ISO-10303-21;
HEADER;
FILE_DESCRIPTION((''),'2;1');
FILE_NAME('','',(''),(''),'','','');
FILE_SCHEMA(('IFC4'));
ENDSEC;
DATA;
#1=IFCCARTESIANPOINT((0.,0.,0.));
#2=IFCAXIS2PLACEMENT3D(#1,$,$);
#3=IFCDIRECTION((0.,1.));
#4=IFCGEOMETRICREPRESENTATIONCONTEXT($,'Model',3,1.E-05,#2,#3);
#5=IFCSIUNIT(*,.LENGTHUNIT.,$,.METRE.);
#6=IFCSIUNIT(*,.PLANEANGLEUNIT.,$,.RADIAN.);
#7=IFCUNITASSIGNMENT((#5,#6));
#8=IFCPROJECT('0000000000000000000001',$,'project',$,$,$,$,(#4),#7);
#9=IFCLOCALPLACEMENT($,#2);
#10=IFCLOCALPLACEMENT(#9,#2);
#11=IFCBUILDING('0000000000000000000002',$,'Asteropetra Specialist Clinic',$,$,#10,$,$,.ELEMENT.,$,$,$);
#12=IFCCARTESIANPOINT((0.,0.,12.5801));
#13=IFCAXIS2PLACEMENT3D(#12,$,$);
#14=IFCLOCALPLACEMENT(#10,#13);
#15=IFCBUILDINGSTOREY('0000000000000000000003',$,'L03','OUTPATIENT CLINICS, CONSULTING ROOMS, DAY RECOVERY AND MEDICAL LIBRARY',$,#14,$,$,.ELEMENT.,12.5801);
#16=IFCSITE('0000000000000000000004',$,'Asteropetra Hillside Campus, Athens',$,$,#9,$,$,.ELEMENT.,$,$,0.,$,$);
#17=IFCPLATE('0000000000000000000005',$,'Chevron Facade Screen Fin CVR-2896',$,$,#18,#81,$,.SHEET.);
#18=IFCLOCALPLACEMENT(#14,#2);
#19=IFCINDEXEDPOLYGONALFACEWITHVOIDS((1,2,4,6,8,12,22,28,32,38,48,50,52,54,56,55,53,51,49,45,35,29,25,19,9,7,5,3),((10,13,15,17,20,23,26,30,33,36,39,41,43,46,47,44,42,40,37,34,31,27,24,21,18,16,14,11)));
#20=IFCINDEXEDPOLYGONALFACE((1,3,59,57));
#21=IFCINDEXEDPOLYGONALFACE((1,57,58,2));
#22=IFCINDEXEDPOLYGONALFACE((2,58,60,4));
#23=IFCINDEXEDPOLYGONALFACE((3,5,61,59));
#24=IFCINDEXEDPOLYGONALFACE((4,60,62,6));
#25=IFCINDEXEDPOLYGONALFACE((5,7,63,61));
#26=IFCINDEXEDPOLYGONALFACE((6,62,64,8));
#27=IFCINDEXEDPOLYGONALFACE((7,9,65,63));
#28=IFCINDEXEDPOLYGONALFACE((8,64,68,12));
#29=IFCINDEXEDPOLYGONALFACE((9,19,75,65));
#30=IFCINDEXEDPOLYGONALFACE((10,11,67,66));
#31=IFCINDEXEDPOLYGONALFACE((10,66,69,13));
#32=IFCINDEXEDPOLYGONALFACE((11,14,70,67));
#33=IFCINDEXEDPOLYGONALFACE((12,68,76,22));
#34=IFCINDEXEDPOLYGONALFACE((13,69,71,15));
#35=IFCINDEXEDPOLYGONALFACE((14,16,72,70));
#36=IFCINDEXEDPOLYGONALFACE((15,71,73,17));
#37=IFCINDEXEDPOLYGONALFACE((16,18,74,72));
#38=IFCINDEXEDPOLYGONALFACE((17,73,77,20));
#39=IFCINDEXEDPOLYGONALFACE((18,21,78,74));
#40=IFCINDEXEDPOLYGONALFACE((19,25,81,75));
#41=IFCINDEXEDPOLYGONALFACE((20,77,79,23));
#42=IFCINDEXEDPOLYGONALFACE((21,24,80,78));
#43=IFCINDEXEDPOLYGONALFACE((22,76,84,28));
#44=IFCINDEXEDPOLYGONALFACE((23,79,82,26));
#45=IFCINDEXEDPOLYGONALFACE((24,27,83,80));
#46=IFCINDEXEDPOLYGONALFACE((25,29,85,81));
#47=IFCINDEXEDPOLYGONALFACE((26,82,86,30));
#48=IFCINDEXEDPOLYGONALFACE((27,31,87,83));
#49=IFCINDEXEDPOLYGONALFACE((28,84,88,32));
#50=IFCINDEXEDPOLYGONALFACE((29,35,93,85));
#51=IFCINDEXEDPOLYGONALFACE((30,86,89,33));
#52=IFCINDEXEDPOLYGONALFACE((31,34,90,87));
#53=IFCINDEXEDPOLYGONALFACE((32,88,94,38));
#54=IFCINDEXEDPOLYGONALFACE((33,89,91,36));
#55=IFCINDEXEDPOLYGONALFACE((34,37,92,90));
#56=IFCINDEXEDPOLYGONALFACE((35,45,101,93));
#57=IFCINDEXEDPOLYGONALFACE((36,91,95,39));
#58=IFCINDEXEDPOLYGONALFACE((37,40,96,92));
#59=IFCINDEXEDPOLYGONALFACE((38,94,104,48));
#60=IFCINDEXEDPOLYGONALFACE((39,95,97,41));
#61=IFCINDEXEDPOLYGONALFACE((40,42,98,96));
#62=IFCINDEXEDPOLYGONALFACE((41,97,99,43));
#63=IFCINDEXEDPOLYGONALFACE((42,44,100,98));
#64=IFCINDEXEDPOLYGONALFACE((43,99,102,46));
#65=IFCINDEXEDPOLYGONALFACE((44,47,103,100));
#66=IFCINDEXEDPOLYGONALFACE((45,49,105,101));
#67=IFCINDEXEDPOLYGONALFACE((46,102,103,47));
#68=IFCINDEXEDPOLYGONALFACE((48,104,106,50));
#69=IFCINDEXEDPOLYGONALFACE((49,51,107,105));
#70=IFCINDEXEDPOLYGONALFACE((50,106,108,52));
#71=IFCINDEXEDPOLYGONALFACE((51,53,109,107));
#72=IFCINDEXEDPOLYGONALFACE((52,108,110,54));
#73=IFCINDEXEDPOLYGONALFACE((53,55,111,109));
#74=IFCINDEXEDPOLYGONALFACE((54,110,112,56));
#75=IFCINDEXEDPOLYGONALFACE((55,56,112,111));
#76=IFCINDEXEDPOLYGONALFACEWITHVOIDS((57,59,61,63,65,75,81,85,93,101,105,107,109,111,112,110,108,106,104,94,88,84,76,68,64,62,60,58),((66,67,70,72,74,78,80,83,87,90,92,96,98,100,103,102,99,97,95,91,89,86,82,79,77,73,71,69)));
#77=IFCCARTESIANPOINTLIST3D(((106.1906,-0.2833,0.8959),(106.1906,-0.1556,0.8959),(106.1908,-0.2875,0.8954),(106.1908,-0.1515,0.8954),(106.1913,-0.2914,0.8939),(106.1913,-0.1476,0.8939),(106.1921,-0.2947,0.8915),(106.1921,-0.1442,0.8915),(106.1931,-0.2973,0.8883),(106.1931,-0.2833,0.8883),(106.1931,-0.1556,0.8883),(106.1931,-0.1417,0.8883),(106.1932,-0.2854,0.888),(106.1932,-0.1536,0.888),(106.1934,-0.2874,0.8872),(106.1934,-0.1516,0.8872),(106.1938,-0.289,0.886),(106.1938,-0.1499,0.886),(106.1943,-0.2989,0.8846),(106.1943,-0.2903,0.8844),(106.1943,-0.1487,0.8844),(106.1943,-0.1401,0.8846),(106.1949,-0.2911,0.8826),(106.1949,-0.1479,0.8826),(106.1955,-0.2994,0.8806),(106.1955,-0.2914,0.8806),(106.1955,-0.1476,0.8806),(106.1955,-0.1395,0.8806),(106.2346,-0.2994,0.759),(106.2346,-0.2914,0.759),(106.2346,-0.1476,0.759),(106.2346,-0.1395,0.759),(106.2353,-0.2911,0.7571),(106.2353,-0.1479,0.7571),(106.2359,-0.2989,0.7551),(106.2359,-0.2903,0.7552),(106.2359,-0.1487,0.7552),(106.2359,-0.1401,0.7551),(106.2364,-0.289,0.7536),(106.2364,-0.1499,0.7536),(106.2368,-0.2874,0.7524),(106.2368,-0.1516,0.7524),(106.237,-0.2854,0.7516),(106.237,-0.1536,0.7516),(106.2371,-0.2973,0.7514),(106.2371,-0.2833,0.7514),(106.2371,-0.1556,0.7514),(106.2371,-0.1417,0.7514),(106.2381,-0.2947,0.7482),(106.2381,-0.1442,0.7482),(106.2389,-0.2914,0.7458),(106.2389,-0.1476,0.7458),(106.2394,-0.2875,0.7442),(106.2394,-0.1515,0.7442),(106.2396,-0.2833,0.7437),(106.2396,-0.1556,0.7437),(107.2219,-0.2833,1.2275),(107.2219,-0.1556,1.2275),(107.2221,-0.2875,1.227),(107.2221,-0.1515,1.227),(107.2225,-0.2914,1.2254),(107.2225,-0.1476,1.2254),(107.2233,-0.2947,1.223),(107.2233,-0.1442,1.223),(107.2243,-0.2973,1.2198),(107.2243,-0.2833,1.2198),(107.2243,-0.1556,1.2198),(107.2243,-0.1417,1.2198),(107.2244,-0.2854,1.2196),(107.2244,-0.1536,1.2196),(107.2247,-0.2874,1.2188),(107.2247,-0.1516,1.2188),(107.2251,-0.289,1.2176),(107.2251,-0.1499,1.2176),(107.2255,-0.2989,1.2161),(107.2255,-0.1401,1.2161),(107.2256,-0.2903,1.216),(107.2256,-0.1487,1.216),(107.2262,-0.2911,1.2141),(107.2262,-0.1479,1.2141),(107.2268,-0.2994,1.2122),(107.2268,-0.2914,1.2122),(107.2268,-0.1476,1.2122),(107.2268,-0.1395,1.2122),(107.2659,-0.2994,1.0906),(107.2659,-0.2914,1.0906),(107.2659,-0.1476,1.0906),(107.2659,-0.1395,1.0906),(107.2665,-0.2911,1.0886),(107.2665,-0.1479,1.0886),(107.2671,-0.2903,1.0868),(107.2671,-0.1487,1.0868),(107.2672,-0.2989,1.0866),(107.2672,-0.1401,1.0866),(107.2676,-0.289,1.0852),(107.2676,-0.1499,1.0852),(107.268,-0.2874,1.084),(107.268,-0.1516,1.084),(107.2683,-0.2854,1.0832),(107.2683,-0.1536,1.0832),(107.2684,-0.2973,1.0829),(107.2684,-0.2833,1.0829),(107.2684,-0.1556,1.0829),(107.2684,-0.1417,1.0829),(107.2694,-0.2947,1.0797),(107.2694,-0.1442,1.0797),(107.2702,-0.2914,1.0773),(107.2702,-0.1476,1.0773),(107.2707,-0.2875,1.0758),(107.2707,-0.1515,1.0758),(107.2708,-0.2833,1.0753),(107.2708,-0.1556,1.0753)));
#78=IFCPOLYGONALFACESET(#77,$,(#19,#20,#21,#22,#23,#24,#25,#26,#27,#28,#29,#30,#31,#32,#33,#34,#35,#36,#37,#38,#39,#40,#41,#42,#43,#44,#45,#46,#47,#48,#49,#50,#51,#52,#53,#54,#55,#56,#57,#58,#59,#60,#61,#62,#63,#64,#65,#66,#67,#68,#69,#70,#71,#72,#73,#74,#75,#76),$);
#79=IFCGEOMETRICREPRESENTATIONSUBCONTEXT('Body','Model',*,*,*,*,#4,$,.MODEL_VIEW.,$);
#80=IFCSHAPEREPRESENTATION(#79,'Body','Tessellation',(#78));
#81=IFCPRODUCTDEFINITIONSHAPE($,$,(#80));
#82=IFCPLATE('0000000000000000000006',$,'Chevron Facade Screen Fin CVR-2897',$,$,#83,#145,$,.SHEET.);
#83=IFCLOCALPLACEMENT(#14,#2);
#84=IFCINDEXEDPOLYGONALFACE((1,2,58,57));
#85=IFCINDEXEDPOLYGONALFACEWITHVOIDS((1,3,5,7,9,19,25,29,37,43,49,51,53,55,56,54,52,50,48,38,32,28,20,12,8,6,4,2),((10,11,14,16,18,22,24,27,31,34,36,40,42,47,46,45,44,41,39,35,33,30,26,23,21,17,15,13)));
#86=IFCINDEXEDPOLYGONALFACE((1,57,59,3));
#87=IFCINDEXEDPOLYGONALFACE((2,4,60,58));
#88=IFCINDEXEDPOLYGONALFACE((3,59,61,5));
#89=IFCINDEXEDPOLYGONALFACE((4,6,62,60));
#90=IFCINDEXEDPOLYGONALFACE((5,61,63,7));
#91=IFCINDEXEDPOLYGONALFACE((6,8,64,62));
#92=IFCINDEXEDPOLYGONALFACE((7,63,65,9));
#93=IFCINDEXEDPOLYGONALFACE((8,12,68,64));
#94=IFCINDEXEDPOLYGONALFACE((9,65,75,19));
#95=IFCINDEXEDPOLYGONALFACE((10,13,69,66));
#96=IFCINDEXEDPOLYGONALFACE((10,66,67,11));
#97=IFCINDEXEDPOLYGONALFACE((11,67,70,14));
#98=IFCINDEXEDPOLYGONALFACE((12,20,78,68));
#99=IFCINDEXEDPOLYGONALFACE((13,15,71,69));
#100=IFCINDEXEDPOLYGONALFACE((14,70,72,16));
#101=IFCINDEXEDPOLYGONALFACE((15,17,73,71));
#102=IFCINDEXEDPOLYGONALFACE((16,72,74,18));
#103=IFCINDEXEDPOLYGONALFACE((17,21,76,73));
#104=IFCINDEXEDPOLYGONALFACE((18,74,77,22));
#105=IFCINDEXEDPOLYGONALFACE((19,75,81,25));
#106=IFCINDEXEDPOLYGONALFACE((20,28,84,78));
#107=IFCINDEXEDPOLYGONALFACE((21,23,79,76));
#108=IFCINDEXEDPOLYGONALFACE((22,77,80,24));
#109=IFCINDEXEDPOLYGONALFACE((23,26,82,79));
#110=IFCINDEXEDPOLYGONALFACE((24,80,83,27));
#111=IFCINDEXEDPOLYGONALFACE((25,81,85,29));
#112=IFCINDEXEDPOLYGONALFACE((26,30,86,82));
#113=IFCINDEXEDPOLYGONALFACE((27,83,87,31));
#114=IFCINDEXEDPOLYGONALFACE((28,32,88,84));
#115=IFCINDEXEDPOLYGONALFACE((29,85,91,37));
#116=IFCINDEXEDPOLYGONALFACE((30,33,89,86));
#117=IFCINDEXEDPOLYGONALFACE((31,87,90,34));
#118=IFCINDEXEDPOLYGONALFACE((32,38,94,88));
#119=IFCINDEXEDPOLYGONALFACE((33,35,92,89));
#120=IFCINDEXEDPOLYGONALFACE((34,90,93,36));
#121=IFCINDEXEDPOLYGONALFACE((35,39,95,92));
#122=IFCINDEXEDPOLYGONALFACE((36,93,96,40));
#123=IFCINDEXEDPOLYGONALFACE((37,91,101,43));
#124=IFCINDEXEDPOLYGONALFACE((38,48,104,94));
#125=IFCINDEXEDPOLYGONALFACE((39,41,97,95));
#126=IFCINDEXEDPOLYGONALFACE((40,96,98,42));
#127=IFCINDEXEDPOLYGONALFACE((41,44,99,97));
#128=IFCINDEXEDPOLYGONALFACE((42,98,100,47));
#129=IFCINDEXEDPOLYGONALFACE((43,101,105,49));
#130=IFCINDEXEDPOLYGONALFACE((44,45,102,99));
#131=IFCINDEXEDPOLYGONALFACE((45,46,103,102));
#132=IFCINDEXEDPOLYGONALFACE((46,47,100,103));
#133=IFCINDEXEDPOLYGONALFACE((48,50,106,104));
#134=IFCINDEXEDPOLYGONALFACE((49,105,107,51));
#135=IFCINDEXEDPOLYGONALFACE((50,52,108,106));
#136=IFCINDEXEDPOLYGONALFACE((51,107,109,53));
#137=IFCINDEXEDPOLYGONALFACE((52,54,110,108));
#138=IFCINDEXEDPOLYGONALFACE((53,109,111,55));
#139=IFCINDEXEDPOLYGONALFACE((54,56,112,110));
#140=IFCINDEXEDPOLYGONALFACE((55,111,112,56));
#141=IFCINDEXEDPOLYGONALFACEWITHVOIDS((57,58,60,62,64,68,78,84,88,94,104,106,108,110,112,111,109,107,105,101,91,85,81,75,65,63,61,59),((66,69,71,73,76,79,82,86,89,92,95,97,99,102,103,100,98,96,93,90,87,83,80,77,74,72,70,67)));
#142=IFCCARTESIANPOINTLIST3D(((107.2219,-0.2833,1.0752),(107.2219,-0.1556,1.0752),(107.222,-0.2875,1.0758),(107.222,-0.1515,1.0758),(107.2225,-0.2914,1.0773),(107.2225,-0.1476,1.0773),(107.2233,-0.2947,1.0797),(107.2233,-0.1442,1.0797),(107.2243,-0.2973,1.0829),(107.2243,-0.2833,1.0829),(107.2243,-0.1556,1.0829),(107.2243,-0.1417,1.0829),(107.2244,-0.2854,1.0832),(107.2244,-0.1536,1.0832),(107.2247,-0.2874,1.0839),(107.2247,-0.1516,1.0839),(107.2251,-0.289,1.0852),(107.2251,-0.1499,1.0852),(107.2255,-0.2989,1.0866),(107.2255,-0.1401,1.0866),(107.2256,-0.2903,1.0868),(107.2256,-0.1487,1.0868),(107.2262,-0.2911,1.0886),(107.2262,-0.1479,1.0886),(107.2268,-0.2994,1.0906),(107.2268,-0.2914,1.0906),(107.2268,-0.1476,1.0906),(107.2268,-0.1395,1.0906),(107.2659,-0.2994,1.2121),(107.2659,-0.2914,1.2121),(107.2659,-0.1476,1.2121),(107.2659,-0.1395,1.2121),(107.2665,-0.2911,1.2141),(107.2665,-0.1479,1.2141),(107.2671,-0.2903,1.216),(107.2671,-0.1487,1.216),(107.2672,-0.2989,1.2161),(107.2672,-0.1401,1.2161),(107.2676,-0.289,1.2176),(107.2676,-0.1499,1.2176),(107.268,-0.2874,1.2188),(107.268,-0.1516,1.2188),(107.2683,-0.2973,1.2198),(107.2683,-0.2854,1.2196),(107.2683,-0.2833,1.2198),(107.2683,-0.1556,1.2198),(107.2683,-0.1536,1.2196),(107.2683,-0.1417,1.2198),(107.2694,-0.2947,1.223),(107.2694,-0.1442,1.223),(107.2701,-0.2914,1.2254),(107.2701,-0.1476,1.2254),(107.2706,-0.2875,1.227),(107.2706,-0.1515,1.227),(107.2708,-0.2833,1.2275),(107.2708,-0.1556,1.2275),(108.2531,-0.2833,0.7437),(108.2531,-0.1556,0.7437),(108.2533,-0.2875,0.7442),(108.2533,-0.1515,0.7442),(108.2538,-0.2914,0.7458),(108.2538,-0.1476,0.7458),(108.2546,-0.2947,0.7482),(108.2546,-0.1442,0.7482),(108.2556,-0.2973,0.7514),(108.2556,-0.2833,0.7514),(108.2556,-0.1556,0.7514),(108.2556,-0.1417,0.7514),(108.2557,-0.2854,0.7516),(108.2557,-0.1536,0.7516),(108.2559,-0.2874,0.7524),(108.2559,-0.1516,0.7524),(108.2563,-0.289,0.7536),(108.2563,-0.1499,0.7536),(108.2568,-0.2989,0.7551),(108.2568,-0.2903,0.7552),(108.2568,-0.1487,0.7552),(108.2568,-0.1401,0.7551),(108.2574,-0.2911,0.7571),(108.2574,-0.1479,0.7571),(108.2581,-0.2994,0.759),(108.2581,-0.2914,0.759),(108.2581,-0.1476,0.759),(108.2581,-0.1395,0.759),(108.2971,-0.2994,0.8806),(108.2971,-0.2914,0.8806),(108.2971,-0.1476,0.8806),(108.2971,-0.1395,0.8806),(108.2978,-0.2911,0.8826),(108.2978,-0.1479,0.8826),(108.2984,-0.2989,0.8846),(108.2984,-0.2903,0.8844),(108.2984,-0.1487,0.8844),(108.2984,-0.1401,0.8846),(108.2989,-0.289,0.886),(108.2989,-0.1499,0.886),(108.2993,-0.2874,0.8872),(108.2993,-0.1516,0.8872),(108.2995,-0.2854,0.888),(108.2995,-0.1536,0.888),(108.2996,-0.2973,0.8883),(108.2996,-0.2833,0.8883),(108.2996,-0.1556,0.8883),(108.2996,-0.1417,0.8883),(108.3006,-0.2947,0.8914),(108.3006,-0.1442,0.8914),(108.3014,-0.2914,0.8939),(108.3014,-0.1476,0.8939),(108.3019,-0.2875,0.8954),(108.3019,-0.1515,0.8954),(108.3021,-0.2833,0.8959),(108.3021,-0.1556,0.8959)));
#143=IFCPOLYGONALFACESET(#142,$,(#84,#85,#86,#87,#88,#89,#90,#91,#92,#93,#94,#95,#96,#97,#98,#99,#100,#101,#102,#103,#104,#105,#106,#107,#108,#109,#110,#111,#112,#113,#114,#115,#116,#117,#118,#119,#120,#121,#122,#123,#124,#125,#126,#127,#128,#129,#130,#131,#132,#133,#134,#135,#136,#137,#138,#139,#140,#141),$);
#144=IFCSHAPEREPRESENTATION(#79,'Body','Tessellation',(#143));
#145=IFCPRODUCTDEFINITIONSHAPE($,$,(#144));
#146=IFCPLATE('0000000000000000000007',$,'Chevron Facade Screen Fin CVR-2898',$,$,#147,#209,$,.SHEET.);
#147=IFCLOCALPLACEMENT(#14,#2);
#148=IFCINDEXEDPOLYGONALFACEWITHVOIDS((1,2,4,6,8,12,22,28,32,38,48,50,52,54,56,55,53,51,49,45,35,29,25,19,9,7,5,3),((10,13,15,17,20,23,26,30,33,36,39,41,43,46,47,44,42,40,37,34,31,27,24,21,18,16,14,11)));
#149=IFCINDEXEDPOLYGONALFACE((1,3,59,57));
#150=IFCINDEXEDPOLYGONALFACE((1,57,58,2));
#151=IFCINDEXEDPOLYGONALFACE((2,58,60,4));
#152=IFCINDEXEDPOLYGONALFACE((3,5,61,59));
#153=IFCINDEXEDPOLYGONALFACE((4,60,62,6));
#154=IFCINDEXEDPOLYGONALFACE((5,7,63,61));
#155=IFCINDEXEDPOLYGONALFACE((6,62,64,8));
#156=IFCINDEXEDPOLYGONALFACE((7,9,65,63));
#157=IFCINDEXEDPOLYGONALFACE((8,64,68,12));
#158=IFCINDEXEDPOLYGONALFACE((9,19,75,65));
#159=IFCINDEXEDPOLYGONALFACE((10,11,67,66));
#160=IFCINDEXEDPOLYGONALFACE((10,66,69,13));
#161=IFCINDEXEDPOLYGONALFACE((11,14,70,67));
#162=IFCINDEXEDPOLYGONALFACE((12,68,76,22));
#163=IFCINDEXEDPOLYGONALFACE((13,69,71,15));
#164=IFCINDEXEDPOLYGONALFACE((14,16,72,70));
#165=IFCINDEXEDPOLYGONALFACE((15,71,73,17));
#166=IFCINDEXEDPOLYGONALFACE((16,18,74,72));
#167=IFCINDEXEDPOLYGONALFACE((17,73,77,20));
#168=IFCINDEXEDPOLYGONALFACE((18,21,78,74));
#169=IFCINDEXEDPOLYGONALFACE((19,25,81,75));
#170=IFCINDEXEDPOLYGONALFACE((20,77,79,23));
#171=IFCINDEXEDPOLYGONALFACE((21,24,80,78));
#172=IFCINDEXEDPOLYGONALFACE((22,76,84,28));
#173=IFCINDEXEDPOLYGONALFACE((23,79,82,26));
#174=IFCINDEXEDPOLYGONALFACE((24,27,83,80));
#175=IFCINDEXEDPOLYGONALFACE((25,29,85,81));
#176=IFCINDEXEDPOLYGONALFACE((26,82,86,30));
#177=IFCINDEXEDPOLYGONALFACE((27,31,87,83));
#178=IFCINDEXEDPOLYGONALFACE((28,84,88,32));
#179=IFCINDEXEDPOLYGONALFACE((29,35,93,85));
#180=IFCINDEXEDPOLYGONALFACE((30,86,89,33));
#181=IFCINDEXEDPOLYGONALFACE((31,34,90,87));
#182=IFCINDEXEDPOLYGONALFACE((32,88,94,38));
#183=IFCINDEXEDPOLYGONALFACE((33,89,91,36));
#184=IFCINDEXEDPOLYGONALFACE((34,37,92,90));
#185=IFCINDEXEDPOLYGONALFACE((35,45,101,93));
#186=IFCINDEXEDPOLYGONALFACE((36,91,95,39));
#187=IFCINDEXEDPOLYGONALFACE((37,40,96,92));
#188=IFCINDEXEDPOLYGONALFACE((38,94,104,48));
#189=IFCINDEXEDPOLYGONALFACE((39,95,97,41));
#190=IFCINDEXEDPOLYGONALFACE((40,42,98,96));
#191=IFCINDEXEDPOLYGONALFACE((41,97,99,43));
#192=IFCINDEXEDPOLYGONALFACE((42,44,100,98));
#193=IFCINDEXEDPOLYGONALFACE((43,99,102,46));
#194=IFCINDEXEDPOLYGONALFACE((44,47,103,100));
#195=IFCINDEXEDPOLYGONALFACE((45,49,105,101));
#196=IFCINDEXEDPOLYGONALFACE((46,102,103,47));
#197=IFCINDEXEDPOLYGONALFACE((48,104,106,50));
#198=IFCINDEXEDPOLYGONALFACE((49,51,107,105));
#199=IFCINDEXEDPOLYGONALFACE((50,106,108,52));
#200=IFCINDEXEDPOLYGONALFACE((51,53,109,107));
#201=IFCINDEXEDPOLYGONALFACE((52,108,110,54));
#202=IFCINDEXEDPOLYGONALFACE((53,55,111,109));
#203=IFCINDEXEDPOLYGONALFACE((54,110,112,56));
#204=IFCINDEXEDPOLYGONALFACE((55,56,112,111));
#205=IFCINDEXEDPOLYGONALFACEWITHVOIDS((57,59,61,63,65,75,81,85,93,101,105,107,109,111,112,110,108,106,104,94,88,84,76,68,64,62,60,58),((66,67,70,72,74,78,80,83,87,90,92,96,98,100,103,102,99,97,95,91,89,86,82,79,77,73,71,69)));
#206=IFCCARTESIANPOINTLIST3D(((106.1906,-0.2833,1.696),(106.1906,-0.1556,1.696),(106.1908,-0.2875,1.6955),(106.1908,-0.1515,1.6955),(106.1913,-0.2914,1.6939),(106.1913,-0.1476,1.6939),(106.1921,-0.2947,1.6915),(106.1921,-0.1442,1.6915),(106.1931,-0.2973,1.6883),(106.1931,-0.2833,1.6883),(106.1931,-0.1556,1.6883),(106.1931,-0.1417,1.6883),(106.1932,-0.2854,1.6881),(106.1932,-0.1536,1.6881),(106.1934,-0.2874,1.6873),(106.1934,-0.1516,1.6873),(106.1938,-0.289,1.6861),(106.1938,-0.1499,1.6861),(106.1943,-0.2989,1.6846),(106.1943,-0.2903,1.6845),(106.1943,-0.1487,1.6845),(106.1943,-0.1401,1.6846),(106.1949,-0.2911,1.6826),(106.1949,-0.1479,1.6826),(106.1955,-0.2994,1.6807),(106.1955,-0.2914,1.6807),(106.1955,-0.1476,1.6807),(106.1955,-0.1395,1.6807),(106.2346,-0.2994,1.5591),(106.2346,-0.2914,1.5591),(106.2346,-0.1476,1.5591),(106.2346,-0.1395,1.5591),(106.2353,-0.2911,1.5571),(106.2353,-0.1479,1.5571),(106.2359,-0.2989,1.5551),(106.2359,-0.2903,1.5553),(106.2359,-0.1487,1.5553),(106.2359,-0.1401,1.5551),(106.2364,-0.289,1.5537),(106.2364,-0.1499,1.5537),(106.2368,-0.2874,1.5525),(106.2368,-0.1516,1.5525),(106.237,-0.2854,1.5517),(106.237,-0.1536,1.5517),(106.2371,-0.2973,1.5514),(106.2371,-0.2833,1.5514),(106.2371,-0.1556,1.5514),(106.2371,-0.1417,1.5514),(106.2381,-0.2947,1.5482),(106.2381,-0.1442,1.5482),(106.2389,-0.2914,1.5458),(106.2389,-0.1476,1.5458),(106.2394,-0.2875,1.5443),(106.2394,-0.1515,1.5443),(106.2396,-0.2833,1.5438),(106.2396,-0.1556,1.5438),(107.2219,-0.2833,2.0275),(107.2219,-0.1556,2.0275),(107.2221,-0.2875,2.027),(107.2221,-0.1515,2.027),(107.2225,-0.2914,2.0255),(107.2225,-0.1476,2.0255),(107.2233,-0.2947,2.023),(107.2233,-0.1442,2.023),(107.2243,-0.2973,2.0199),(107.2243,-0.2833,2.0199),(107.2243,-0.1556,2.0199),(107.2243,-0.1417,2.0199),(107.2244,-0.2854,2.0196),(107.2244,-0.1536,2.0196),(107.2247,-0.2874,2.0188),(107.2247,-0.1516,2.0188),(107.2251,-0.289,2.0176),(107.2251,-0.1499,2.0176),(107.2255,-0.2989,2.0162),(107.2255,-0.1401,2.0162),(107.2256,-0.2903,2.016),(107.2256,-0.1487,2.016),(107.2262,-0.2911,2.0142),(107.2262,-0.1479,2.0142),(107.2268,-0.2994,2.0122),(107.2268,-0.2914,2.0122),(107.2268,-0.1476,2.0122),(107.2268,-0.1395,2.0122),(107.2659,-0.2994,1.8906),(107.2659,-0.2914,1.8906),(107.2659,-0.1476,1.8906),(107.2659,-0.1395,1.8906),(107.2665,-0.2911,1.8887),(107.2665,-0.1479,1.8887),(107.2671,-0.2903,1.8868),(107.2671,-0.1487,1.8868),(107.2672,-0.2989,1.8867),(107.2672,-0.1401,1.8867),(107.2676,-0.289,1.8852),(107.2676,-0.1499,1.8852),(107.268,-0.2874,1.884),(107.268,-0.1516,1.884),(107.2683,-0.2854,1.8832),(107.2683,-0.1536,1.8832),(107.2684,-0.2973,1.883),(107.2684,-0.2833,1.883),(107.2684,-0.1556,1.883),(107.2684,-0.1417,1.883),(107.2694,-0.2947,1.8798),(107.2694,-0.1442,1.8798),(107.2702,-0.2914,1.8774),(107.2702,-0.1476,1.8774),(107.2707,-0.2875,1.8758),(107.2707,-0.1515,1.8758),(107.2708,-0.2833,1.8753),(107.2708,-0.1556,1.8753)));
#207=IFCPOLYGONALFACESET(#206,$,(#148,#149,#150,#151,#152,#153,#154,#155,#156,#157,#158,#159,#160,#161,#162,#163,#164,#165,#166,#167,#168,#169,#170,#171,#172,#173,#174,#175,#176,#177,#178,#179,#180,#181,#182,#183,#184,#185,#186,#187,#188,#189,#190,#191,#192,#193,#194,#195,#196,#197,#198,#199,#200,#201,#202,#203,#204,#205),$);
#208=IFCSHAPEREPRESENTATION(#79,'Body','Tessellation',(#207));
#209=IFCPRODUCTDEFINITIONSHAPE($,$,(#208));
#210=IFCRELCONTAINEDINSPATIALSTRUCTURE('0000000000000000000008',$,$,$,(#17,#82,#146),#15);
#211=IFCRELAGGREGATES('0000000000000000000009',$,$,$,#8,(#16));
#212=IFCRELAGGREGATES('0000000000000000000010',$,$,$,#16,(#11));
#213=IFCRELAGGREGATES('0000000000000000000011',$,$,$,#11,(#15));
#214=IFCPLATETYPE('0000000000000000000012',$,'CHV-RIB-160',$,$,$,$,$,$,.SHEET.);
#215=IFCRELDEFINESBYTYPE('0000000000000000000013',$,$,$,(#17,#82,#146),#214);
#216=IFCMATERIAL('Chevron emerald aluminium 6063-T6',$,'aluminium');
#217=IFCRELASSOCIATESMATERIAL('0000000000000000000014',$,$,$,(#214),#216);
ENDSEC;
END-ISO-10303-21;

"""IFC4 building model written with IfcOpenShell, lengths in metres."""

from ifc_helpers import new_model, si_unit, direction, frame, origin, origin_2d, place, context, subcontext, project, spatial, hollow_rectangle, extrude, material, material_profile, profile_set, type_object, element, save


model = new_model("IFC4")

# Units and contexts
model_context = context("Model", 3, precision=1e-05, world=origin(), true_north=direction((0.0, 1.0)))
body_context = subcontext(model_context, "Body", "Model", "MODEL_VIEW")
ifc_project = project(units=[si_unit("LENGTHUNIT", "METRE"), si_unit("PLANEANGLEUNIT", "RADIAN")], contexts=[model_context])

# Site, building, storey
site_placement = place(None, origin())
site = spatial("IfcSite", under=ifc_project, at=site_placement, Name="Asteropetra Hillside Campus, Athens", CompositionType="ELEMENT", RefElevation=0.0)
building_placement = place(site_placement, origin())
building = spatial("IfcBuilding", under=site, at=building_placement, Name="Asteropetra Specialist Clinic", CompositionType="ELEMENT")
storey_placement = place(building_placement, frame((0.0, 0.0, 12.5801)))
storey = spatial("IfcBuildingStorey", under=building, at=storey_placement, Name="L03", Description="OUTPATIENT CLINICS, CONSULTING ROOMS, DAY RECOVERY AND MEDICAL LIBRARY", CompositionType="ELEMENT", Elevation=12.5801)

# Plates
ifc_material_1 = material(Name="Chevron emerald aluminium 6063-T6", Category="aluminium")
ifc_material_profile_1 = material_profile(ifc_material_1, hollow_rectangle(XDim=0.1599, YDim=0.1599, WallThickness=0.0081, InnerFilletRadius=0.0081, OuterFilletRadius=0.0161, at=origin_2d()), Name="SHS 160x160x8.0")
ifc_profile_set_1 = profile_set([ifc_material_profile_1], Name="Chevron emerald aluminium 6063-T6")
plate_type_1 = type_object("IfcPlateType", Name="CHV-RIB-160", PredefinedType="SHEET", material=ifc_profile_set_1)
for number, where, z_axis, x_axis, name in (
    (1, (106.2151, -0.2195, 0.8198), (0.95201, 0.0, 0.306068), (0.0, 1.0, 0.0), "Chevron Facade Screen Fin CVR-2896"),
    (2, (107.2463, -0.2195, 1.1514), (0.95201, 0.0, -0.306068), (0.0, 1.0, 0.0), "Chevron Facade Screen Fin CVR-2897"),
    (3, (106.2151, -0.2195, 1.6199), (0.95201, 0.0, 0.306068), (0.0, 1.0, 0.0), "Chevron Facade Screen Fin CVR-2898"),
):
    element("IfcPlate", number, at=place(storey_placement, frame(where, z_axis=z_axis, x_axis=x_axis)), inside=storey, type_object=plate_type_1, Name=name, PredefinedType="SHEET", context=body_context, shape_type="SweptSolid", body=[
        extrude(hollow_rectangle(XDim=0.1599, YDim=0.1599, WallThickness=0.0081, InnerFilletRadius=0.0081, OuterFilletRadius=0.0161, at=origin_2d()), origin(), (0.0, 0.0, 1.0), 1.0833),
    ])

save(model, "model.ifc")
